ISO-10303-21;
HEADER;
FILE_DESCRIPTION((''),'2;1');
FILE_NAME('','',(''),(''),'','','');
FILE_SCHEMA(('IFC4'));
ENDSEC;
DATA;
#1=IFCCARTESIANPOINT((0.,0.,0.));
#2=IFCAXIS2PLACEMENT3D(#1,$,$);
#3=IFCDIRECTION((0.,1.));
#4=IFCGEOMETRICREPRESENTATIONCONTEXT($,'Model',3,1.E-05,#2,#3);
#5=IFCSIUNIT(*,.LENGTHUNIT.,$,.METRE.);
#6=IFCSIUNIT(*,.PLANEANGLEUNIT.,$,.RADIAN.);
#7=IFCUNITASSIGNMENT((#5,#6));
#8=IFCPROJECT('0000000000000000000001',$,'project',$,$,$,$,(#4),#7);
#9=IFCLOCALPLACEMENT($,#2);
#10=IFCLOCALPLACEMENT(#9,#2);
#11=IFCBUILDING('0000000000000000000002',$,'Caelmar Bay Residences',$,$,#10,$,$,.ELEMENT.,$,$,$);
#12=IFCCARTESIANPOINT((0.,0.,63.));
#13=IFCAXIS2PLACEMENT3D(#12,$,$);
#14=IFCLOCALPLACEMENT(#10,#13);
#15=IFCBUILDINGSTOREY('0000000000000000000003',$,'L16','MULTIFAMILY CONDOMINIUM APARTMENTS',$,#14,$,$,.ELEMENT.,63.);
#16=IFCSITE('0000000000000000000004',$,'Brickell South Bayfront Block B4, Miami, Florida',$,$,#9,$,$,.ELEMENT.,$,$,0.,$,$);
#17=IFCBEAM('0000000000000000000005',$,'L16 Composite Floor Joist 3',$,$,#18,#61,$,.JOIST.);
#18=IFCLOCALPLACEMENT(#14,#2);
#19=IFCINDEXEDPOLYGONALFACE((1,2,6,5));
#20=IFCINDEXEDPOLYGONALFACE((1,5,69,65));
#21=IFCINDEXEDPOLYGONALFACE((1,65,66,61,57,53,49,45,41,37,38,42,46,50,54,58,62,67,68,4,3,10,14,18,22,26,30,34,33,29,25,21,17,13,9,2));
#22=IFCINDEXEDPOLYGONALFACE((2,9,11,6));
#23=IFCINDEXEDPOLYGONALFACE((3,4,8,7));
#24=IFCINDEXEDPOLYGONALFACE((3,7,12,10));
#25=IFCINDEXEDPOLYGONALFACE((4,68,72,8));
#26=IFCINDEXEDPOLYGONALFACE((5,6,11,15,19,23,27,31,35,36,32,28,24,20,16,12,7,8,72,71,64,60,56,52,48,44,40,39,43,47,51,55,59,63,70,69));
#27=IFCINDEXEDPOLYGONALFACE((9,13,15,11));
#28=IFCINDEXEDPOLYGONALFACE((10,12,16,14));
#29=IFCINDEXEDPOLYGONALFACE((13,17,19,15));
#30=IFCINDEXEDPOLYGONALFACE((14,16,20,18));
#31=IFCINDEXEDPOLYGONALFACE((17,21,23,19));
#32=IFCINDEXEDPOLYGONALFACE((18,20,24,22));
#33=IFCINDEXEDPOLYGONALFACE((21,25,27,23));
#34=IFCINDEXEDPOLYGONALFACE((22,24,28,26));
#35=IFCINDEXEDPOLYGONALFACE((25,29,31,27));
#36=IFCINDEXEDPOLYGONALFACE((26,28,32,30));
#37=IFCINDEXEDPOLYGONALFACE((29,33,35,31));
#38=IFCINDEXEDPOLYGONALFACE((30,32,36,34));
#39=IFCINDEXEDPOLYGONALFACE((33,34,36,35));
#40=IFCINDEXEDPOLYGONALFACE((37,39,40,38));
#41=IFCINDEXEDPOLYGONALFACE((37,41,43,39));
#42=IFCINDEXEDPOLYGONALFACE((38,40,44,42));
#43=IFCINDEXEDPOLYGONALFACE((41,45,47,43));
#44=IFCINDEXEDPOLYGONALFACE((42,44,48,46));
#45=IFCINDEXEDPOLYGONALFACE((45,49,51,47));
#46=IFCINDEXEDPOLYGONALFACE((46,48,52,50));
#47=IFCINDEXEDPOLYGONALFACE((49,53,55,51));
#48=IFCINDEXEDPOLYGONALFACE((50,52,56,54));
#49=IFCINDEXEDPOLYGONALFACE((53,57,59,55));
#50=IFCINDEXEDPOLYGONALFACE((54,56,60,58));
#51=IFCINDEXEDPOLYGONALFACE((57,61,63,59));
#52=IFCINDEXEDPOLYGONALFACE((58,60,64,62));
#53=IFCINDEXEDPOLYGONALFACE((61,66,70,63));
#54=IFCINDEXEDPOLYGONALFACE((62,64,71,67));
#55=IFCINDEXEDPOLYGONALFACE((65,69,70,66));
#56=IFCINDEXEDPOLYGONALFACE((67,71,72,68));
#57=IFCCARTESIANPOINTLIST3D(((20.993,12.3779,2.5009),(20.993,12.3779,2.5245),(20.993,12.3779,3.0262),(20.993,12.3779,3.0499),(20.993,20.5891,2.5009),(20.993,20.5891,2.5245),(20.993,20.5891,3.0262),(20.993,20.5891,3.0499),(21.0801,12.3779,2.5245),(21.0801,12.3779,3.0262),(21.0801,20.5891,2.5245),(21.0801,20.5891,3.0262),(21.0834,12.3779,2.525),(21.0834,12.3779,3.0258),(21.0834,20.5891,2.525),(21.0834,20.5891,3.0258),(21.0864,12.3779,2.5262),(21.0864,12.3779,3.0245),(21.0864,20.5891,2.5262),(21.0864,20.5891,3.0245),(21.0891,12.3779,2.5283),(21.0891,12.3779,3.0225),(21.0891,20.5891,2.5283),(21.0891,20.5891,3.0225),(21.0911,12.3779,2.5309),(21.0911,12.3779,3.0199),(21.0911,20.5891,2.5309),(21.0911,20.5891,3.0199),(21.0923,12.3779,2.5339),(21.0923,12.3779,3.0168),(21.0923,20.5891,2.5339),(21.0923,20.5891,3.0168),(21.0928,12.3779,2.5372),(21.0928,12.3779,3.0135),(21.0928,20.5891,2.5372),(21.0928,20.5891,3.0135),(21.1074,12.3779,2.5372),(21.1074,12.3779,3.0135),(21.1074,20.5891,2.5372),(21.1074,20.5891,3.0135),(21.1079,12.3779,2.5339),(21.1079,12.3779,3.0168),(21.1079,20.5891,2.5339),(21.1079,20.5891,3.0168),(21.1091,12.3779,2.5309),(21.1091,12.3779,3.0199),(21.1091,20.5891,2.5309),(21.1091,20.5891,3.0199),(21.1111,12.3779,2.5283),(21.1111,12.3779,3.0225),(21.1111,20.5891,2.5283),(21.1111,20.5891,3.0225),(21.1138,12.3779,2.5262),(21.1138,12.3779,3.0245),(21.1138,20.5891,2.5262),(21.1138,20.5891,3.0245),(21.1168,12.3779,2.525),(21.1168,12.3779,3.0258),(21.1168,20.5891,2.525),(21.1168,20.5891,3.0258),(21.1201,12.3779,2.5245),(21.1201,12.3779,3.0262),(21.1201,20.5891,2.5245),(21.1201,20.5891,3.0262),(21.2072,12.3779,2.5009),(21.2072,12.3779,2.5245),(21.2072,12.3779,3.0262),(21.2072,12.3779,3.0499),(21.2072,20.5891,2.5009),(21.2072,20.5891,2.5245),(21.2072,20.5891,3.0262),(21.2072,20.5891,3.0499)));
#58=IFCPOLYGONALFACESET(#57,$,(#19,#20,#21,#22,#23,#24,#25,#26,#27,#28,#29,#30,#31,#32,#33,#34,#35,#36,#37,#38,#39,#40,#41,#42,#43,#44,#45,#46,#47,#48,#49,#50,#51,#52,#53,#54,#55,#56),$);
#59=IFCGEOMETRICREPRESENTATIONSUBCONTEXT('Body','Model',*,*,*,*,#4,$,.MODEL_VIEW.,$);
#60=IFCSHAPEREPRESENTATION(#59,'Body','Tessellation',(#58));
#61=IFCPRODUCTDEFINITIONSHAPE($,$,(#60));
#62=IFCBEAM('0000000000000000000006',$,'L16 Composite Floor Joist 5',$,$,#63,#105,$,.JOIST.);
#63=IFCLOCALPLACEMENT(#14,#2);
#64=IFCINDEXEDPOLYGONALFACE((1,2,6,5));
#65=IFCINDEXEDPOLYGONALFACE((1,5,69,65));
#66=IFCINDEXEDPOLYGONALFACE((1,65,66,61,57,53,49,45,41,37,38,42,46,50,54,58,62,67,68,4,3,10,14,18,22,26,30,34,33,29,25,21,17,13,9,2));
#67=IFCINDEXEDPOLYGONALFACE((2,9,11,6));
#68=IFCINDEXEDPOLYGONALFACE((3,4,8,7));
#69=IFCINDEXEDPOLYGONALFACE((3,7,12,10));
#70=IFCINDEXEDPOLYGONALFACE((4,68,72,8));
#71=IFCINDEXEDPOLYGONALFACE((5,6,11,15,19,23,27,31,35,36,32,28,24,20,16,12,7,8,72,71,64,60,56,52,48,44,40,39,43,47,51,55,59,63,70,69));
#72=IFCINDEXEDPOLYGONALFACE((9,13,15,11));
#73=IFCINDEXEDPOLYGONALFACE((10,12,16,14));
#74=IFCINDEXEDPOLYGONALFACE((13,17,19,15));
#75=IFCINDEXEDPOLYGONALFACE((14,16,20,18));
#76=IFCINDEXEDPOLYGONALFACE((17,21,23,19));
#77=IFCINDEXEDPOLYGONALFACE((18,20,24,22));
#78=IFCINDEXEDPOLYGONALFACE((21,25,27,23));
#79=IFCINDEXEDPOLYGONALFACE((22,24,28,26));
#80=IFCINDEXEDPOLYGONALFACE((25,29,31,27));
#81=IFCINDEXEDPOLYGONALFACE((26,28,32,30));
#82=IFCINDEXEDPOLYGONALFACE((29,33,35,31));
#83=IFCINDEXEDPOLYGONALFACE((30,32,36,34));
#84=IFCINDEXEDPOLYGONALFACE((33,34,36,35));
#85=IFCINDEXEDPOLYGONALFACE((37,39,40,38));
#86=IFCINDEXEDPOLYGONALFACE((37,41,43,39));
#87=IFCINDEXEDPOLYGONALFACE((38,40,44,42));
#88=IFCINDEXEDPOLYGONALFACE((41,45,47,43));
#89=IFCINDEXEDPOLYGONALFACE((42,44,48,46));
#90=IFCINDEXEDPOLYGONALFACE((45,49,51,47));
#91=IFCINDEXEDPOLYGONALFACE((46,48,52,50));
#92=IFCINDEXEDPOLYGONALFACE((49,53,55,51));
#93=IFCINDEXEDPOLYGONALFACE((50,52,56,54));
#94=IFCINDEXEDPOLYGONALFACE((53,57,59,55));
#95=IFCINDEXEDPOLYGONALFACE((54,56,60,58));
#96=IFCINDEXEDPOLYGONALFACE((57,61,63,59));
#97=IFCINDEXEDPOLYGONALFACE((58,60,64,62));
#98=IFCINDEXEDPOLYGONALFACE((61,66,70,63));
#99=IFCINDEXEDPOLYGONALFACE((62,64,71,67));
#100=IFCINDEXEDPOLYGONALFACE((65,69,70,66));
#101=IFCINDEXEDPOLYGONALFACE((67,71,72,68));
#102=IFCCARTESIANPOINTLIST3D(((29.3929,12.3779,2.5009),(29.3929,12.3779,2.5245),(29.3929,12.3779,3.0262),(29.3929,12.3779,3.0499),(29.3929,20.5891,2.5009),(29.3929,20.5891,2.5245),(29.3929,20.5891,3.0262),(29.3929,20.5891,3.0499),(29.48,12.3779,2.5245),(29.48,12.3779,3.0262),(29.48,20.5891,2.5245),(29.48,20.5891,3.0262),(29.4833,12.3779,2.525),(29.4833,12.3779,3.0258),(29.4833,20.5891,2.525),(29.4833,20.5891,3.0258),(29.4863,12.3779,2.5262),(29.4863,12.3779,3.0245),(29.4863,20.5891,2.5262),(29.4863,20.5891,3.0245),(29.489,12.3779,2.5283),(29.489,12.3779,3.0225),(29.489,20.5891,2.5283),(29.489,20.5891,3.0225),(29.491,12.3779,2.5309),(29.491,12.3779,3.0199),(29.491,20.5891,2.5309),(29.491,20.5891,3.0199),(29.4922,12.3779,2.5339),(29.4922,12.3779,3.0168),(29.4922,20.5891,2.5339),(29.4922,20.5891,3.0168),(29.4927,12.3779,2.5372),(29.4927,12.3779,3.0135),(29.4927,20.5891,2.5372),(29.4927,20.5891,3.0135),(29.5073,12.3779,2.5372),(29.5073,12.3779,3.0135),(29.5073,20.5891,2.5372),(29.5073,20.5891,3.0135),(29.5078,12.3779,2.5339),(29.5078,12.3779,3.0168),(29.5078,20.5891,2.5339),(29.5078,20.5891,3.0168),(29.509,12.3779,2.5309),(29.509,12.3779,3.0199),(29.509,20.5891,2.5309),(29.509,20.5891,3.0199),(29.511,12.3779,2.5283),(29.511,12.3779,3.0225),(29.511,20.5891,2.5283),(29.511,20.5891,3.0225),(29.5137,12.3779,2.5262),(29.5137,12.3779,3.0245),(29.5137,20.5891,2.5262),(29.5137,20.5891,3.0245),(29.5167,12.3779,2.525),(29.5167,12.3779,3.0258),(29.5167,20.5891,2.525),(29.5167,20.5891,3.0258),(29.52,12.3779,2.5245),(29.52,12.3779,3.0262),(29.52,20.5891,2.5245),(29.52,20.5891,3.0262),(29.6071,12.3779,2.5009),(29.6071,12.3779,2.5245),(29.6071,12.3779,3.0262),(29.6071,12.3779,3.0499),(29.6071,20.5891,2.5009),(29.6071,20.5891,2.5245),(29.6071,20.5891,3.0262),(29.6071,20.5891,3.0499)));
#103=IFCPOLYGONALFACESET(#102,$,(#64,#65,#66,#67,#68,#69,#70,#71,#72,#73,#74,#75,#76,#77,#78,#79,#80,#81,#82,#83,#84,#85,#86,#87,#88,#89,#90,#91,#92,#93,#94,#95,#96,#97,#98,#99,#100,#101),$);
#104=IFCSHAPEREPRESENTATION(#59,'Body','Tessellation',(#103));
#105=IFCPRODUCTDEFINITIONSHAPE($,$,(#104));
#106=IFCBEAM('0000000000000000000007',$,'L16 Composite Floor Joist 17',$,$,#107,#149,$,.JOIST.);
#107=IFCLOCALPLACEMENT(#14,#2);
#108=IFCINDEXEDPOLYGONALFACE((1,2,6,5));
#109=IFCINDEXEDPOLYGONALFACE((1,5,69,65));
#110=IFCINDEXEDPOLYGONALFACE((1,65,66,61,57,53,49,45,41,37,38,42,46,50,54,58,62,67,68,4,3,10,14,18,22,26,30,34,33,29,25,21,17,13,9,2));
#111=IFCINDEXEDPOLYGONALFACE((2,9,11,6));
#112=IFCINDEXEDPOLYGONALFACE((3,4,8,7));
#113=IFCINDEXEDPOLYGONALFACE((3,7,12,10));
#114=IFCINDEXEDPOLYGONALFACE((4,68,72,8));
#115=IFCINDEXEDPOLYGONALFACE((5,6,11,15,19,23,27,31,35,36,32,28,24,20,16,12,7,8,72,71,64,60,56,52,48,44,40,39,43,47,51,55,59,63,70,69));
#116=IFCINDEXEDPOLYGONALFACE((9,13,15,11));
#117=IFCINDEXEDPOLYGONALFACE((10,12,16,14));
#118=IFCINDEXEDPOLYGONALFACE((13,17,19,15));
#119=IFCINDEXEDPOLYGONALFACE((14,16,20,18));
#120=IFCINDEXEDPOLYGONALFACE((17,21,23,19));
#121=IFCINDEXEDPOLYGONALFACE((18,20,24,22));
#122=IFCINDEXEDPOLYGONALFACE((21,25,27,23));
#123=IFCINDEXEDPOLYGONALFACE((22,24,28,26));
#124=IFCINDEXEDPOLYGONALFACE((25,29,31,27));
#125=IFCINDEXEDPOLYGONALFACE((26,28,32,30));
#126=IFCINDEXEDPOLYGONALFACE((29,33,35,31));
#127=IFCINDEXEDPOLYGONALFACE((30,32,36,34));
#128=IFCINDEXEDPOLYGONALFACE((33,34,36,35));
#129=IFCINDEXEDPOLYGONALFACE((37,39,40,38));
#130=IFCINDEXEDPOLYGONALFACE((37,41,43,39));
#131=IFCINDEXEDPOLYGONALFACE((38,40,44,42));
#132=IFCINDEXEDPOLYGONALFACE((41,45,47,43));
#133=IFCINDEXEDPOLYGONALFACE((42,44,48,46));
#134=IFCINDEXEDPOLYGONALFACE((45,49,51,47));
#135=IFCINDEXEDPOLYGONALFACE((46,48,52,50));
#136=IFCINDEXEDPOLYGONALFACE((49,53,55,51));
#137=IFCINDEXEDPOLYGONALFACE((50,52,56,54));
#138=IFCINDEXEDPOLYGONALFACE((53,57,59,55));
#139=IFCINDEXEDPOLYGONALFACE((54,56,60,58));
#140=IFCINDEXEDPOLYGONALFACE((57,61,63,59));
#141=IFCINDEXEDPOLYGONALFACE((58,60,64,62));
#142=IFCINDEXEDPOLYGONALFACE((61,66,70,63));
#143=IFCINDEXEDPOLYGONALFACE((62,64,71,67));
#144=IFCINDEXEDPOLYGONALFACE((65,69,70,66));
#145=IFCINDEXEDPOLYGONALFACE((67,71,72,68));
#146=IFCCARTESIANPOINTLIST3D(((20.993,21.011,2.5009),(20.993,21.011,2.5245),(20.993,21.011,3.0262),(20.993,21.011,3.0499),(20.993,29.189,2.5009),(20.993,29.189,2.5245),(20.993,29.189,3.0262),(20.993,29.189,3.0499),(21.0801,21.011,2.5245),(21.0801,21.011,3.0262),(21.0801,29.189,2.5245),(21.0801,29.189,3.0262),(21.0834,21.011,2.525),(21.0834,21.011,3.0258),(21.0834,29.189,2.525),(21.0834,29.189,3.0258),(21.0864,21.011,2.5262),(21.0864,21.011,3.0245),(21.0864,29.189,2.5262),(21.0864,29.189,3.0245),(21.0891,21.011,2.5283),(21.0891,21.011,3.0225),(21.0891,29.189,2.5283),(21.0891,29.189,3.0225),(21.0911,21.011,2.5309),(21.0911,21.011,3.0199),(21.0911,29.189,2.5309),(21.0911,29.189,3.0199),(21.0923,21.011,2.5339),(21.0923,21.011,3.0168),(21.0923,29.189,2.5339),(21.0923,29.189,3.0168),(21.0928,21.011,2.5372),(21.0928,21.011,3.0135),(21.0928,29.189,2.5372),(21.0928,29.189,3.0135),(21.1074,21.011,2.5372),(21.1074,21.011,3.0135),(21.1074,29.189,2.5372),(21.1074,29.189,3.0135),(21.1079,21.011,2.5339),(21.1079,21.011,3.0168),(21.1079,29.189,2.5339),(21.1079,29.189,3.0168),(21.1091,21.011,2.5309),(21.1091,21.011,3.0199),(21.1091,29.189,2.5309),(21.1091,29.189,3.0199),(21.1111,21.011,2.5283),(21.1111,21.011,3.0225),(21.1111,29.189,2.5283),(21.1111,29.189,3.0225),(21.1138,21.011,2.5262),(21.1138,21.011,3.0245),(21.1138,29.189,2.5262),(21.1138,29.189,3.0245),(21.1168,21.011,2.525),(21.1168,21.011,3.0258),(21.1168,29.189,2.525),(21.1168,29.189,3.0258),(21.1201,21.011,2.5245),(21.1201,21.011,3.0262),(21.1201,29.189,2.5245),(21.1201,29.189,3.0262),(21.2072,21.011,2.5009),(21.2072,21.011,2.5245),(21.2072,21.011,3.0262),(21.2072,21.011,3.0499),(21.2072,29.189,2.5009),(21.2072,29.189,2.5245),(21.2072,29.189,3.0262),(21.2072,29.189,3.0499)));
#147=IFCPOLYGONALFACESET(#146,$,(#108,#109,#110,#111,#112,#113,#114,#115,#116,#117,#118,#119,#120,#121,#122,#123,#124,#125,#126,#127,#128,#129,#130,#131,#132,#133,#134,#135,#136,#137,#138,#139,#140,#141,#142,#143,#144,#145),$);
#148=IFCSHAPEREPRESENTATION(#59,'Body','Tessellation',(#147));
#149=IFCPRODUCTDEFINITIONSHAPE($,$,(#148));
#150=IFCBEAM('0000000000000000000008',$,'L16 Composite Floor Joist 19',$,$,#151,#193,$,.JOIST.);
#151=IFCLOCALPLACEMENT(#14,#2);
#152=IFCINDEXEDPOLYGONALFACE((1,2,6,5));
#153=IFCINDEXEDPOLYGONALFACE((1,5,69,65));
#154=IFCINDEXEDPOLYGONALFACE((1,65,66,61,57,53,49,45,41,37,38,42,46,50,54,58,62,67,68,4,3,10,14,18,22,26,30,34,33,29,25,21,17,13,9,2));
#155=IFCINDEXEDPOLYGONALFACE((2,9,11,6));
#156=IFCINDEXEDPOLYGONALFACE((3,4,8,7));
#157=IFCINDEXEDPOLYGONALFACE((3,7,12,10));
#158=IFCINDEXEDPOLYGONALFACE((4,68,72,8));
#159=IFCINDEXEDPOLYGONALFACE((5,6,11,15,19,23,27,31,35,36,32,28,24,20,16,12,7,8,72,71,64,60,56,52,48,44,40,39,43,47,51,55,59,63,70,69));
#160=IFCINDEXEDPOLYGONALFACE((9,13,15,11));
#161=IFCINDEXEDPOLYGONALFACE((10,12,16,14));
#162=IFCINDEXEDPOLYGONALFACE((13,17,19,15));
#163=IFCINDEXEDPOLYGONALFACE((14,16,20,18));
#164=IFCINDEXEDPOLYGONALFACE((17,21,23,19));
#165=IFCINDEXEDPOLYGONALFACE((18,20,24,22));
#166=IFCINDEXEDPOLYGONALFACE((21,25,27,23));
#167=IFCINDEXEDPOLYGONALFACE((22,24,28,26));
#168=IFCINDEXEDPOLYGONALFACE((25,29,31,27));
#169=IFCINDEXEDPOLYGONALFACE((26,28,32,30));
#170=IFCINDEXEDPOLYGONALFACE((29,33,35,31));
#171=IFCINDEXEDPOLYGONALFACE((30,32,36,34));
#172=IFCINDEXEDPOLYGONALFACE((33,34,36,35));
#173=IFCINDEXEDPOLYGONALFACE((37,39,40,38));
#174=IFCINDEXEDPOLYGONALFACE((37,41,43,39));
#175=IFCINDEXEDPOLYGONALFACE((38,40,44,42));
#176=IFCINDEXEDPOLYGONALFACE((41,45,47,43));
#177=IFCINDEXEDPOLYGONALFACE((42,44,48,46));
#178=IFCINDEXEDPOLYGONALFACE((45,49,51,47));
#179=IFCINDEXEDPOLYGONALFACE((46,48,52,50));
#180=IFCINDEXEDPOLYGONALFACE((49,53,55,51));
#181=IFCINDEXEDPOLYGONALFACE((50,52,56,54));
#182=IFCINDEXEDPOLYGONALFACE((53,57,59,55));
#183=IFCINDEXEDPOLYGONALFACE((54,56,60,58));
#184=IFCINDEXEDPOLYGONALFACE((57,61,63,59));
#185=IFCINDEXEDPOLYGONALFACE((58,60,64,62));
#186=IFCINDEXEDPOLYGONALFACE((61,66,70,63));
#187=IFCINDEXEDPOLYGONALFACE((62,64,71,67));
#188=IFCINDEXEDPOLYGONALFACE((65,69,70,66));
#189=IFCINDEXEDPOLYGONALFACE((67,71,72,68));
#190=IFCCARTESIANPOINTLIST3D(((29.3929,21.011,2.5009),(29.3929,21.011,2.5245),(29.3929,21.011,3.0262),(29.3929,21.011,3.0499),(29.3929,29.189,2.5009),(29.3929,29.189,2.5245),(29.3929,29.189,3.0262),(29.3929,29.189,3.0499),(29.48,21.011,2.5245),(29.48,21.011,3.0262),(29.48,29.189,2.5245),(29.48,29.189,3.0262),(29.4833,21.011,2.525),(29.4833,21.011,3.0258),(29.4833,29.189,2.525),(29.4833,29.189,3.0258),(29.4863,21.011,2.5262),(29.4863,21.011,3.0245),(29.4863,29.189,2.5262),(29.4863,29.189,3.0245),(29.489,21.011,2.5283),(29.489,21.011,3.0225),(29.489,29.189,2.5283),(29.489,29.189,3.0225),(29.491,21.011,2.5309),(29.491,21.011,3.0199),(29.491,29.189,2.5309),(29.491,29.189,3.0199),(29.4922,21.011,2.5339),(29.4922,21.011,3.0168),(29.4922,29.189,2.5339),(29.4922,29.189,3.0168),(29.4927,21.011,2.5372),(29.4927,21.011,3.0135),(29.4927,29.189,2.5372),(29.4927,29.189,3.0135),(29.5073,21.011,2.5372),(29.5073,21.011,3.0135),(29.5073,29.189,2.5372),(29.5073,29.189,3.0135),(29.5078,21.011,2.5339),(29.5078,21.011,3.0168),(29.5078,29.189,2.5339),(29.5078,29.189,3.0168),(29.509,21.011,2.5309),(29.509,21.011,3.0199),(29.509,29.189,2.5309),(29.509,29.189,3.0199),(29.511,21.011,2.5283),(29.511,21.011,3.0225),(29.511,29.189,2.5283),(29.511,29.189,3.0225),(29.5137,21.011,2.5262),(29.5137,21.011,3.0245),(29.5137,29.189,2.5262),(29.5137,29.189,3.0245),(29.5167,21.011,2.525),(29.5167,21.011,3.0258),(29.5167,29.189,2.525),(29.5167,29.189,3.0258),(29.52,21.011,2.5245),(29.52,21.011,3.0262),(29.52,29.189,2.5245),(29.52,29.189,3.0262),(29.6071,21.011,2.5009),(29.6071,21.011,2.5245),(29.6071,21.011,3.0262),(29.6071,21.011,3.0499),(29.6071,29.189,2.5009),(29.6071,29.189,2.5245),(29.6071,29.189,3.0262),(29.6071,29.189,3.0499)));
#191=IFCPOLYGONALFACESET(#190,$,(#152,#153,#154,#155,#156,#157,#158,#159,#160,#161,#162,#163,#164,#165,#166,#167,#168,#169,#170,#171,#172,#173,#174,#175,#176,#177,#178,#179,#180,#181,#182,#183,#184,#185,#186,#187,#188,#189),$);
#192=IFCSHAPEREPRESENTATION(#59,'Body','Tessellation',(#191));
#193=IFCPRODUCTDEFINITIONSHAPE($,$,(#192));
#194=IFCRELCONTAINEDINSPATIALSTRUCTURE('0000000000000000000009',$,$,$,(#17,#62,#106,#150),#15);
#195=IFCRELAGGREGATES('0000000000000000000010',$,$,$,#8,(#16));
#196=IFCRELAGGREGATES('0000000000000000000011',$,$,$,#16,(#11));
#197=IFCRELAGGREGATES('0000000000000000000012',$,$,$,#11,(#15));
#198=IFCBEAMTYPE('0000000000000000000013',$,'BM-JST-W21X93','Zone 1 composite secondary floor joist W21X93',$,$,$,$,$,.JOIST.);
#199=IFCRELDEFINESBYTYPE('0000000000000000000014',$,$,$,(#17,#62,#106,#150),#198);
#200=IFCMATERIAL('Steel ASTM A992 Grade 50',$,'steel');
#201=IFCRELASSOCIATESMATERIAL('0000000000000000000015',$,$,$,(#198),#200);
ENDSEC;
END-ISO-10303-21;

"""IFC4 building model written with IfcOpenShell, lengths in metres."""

from ifc_helpers import new_model, si_unit, direction, frame, origin, origin_2d, place, context, subcontext, project, spatial, i_section, extrude, material, material_profile, profile_set, type_object, element, save


model = new_model("IFC4")

# Units and contexts
model_context = context("Model", 3, precision=1e-05, world=origin(), true_north=direction((0.0, 1.0)))
body_context = subcontext(model_context, "Body", "Model", "MODEL_VIEW")
ifc_project = project(units=[si_unit("LENGTHUNIT", "METRE"), si_unit("PLANEANGLEUNIT", "RADIAN")], contexts=[model_context])

# Site, building, storey
site_placement = place(None, origin())
site = spatial("IfcSite", under=ifc_project, at=site_placement, Name="Brickell South Bayfront Block B4, Miami, Florida", CompositionType="ELEMENT", RefElevation=0.0)
building_placement = place(site_placement, origin())
building = spatial("IfcBuilding", under=site, at=building_placement, Name="Caelmar Bay Residences", CompositionType="ELEMENT")
storey_placement = place(building_placement, frame((0.0, 0.0, 63.0)))
storey = spatial("IfcBuildingStorey", under=building, at=storey_placement, Name="L16", Description="MULTIFAMILY CONDOMINIUM APARTMENTS", CompositionType="ELEMENT", Elevation=63.0)

# Beams
ifc_material_1 = material(Name="Steel ASTM A992 Grade 50", Category="steel")
ifc_material_profile_1 = material_profile(ifc_material_1, i_section(OverallWidth=0.2141, OverallDepth=0.5491, WebThickness=0.0146, FlangeThickness=0.0237, FilletRadius=0.0127, at=origin_2d()), Name="W21X93")
ifc_profile_set_1 = profile_set([ifc_material_profile_1], Name="Steel ASTM A992 Grade 50")
beam_type_1 = type_object("IfcBeamType", Name="BM-JST-W21X93", Description="Zone 1 composite secondary floor joist W21X93", PredefinedType="JOIST", material=ifc_profile_set_1)
for number, where, z_axis, x_axis, name in (
    (1, (21.1001, 12.3779, 2.7754), (0.0, 1.0, 0.0), (-1.0, 0.0, 0.0), "L16 Composite Floor Joist 3"),
    (2, (29.5, 12.3779, 2.7754), (0.0, 1.0, 0.0), (-1.0, 0.0, 0.0), "L16 Composite Floor Joist 5"),
):
    element("IfcBeam", number, at=place(storey_placement, frame(where, z_axis=z_axis, x_axis=x_axis)), inside=storey, type_object=beam_type_1, Name=name, PredefinedType="JOIST", context=body_context, shape_type="SweptSolid", body=[
        extrude(i_section(OverallWidth=0.2141, OverallDepth=0.5491, WebThickness=0.0146, FlangeThickness=0.0237, FilletRadius=0.0127, at=origin_2d()), origin(), (0.0, 0.0, 1.0), 8.2112),
    ])
for number, where, z_axis, x_axis, name in (
    (3, (21.1001, 21.011, 2.7754), (0.0, 1.0, 0.0), (-1.0, 0.0, 0.0), "L16 Composite Floor Joist 17"),
    (4, (29.5, 21.011, 2.7754), (0.0, 1.0, 0.0), (-1.0, 0.0, 0.0), "L16 Composite Floor Joist 19"),
):
    element("IfcBeam", number, at=place(storey_placement, frame(where, z_axis=z_axis, x_axis=x_axis)), inside=storey, type_object=beam_type_1, Name=name, PredefinedType="JOIST", context=body_context, shape_type="SweptSolid", body=[
        extrude(i_section(OverallWidth=0.2141, OverallDepth=0.5491, WebThickness=0.0146, FlangeThickness=0.0237, FilletRadius=0.0127, at=origin_2d()), origin(), (0.0, 0.0, 1.0), 8.178),
    ])

save(model, "model.ifc")
